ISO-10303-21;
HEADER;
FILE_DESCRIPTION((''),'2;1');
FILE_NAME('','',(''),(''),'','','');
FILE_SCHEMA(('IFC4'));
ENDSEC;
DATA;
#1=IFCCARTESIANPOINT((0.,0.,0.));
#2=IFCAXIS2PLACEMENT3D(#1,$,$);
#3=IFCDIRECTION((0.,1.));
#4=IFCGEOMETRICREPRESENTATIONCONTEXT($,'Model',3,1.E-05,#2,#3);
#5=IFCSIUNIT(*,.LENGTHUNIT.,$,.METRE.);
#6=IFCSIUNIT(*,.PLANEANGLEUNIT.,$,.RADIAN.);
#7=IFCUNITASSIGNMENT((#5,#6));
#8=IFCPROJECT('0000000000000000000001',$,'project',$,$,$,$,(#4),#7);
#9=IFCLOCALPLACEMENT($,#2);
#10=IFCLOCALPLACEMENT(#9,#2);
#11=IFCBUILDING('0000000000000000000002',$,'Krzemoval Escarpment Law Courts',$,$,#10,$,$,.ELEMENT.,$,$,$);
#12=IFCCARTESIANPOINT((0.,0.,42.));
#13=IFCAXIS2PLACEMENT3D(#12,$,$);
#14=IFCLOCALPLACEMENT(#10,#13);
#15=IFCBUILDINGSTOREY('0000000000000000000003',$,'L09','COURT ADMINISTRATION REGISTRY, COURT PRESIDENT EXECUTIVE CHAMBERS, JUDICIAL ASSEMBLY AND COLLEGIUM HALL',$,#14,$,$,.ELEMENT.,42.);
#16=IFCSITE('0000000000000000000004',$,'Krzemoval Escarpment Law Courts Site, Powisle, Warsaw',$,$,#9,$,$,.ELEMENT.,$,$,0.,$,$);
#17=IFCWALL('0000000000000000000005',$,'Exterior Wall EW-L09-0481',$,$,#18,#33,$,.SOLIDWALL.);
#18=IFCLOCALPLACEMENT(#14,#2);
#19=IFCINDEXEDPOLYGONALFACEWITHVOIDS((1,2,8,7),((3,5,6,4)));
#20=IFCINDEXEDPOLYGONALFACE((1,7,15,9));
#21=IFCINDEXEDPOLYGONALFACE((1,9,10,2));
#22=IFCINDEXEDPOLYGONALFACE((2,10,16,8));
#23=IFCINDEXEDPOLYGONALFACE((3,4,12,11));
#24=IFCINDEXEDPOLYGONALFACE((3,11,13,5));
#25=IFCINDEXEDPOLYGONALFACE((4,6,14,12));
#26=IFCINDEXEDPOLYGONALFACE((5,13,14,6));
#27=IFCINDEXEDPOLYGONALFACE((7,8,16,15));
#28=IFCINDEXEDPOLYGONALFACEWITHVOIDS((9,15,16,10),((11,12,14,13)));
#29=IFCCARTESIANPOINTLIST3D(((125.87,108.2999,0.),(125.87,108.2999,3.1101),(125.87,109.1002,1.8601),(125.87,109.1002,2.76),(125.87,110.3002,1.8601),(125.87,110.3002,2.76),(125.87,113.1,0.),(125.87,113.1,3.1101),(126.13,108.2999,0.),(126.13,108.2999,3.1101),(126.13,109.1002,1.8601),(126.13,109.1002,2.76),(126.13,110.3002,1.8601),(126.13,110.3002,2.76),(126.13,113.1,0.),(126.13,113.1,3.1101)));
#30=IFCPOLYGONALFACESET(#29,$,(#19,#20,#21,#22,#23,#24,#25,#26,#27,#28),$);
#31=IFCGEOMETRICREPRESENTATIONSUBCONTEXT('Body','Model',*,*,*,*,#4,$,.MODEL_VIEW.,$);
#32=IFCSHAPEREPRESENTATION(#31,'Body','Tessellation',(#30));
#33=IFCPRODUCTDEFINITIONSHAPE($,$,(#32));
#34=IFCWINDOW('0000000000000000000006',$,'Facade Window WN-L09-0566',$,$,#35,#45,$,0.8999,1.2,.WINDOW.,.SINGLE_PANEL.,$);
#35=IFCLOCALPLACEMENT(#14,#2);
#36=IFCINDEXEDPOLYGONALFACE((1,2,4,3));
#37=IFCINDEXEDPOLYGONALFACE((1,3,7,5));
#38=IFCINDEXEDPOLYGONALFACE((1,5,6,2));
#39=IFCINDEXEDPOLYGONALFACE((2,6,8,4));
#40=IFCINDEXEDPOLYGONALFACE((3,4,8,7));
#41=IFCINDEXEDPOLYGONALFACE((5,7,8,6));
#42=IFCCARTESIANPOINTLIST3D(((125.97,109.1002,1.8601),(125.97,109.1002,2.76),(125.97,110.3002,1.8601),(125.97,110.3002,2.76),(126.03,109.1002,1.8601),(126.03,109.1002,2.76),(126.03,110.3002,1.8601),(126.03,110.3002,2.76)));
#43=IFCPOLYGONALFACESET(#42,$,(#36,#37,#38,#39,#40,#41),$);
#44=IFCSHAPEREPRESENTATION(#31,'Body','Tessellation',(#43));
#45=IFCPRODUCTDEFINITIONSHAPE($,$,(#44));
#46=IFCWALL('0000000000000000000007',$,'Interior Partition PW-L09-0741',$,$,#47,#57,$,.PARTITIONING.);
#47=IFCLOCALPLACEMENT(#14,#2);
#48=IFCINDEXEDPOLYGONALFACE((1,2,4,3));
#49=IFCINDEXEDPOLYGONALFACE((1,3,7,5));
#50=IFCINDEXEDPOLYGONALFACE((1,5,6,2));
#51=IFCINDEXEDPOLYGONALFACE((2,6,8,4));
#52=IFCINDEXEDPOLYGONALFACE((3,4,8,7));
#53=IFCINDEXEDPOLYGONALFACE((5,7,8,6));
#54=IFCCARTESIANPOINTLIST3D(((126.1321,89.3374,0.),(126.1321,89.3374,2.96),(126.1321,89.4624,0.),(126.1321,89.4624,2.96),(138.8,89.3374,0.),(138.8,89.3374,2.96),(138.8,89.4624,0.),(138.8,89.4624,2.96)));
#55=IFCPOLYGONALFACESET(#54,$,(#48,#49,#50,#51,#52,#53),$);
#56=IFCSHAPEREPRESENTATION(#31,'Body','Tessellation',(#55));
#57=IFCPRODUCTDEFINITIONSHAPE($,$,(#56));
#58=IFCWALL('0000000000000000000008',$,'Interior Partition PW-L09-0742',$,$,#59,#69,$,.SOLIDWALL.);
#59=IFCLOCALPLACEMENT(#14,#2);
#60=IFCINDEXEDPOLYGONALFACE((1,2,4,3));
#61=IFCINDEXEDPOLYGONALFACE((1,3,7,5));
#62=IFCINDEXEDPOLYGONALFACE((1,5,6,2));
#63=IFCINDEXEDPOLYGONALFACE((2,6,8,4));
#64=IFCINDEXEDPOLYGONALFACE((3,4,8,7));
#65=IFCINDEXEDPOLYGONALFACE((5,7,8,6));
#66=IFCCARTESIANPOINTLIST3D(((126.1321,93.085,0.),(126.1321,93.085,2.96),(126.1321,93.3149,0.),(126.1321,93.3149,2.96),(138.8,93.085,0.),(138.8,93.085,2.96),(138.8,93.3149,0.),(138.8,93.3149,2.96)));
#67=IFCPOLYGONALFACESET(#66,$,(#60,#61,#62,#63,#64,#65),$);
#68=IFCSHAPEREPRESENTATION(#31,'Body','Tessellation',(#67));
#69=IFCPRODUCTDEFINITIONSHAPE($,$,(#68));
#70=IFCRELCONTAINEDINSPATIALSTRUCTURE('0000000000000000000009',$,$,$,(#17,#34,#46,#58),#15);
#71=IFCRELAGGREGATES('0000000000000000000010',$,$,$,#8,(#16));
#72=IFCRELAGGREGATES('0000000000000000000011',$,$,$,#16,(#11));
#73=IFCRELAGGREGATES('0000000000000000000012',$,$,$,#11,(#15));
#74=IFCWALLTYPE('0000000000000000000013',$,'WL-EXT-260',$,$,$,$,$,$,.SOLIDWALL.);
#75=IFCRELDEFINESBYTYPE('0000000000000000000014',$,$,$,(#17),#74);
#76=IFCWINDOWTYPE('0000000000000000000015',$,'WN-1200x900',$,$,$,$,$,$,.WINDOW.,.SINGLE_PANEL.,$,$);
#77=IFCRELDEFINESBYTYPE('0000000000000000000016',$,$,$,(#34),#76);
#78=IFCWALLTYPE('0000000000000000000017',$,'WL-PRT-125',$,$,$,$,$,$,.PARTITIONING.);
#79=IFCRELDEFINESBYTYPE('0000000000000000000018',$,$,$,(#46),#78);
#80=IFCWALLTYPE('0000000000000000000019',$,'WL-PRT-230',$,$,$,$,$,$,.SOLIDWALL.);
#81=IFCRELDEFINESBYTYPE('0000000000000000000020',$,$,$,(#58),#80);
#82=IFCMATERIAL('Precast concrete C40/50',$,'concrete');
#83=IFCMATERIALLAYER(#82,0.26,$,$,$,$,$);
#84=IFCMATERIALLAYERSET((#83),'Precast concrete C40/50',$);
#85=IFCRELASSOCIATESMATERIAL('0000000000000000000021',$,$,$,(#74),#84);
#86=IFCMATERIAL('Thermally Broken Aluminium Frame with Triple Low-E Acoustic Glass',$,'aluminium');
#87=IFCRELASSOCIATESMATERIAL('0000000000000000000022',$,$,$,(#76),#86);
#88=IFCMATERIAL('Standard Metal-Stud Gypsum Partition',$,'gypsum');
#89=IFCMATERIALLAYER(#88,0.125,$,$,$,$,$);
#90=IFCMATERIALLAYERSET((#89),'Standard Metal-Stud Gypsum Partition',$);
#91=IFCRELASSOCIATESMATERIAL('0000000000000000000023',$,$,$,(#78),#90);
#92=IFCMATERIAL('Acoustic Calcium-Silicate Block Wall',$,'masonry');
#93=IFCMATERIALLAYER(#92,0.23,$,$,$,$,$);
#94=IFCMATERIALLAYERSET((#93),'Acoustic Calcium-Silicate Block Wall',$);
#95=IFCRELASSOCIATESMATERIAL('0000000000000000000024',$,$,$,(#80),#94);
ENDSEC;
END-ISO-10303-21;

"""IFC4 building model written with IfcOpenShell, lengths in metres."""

from ifc_helpers import new_model, si_unit, direction, frame, frame_2d, origin, place, context, subcontext, project, spatial, rectangle, extrude, material, layer, layer_set, type_object, element, fill, save


model = new_model("IFC4")

# Units and contexts
model_context = context("Model", 3, precision=1e-05, world=origin(), true_north=direction((0.0, 1.0)))
body_context = subcontext(model_context, "Body", "Model", "MODEL_VIEW")
ifc_project = project(units=[si_unit("LENGTHUNIT", "METRE"), si_unit("PLANEANGLEUNIT", "RADIAN")], contexts=[model_context])

# Site, building, storey
site_placement = place(None, origin())
site = spatial("IfcSite", under=ifc_project, at=site_placement, Name="Krzemoval Escarpment Law Courts Site, Powisle, Warsaw", CompositionType="ELEMENT", RefElevation=0.0)
building_placement = place(site_placement, origin())
building = spatial("IfcBuilding", under=site, at=building_placement, Name="Krzemoval Escarpment Law Courts", CompositionType="ELEMENT")
storey_placement = place(building_placement, frame((0.0, 0.0, 42.0)))
storey = spatial("IfcBuildingStorey", under=building, at=storey_placement, Name="L09", Description="COURT ADMINISTRATION REGISTRY, COURT PRESIDENT EXECUTIVE CHAMBERS, JUDICIAL ASSEMBLY AND COLLEGIUM HALL", CompositionType="ELEMENT", Elevation=42.0)

# Wall, opening, window
ifc_material_1 = material(Name="Precast concrete C40/50", Category="concrete")
ifc_layer_1 = layer(ifc_material_1, 0.26)
ifc_layer_set_1 = layer_set([ifc_layer_1], Name="Precast concrete C40/50")
wall_type_1 = type_object("IfcWallType", Name="WL-EXT-260", PredefinedType="SOLIDWALL", material=ifc_layer_set_1)
wall_1_placement = place(storey_placement, frame((126.0, 108.3, 0.0), z_axis=(0.0, 0.0, 1.0), x_axis=(0.0, 1.0, 0.0)))
wall_1 = element("IfcWall", 1, at=wall_1_placement, inside=storey, type_object=wall_type_1, Name="Exterior Wall EW-L09-0481", PredefinedType="SOLIDWALL", context=body_context, shape_type="SweptSolid", body=[
    extrude(rectangle(XDim=4.8, YDim=0.26, at=frame_2d((2.3999, 0.0))), origin(), (0.0, 0.0, 1.0), 3.1101),
])
opening_placement = place(wall_1_placement, frame((0.8, 0.0, 1.8601)))
opening = element("IfcOpeningElement", 2, at=opening_placement, cuts=wall_1, PredefinedType="OPENING", context=body_context, shape_type="SweptSolid", body=[
    extrude(rectangle(XDim=1.2, YDim=0.8999, at=frame_2d((0.6001, 0.45))), frame((0.0, 0.145, 0.0), z_axis=(0.0, -1.0, 0.0), x_axis=(1.0, 0.0, 0.0)), (0.0, 0.0, 1.0), 0.29),
])
ifc_material_2 = material(Name="Thermally Broken Aluminium Frame with Triple Low-E Acoustic Glass", Category="aluminium")
window_type = type_object("IfcWindowType", Name="WN-1200x900", PartitioningType="SINGLE_PANEL", PredefinedType="WINDOW", material=ifc_material_2)
window_placement = place(opening_placement, origin())
window = element("IfcWindow", 3, at=window_placement, inside=storey, type_object=window_type, Name="Facade Window WN-L09-0566", OverallHeight=0.8999, OverallWidth=1.2, PartitioningType="SINGLE_PANEL", PredefinedType="WINDOW", context=body_context, shape_type="SweptSolid", body=[
    extrude(rectangle(XDim=1.2, YDim=0.8999, at=frame_2d((0.6001, 0.45))), frame((0.0, 0.03, 0.0), z_axis=(0.0, -1.0, 0.0), x_axis=(1.0, 0.0, 0.0)), (0.0, 0.0, 1.0), 0.0601),
])
fill(opening, window)

# Walls
ifc_material_3 = material(Name="Standard Metal-Stud Gypsum Partition", Category="gypsum")
ifc_layer_2 = layer(ifc_material_3, 0.125)
ifc_layer_set_2 = layer_set([ifc_layer_2], Name="Standard Metal-Stud Gypsum Partition")
wall_type_2 = type_object("IfcWallType", Name="WL-PRT-125", PredefinedType="PARTITIONING", material=ifc_layer_set_2)
wall_2_placement = place(storey_placement, frame((126.1321, 89.3999, 0.0), z_axis=(0.0, 0.0, 1.0), x_axis=(1.0, 0.0, 0.0)))
element("IfcWall", 4, at=wall_2_placement, inside=storey, type_object=wall_type_2, Name="Interior Partition PW-L09-0741", PredefinedType="PARTITIONING", context=body_context, shape_type="SweptSolid", body=[
    extrude(rectangle(XDim=12.668, YDim=0.125, at=frame_2d((6.334, 0.0))), origin(), (0.0, 0.0, 1.0), 2.96),
])
ifc_material_4 = material(Name="Acoustic Calcium-Silicate Block Wall", Category="masonry")
ifc_layer_3 = layer(ifc_material_4, 0.23)
ifc_layer_set_3 = layer_set([ifc_layer_3], Name="Acoustic Calcium-Silicate Block Wall")
wall_type_3 = type_object("IfcWallType", Name="WL-PRT-230", PredefinedType="SOLIDWALL", material=ifc_layer_set_3)
wall_3_placement = place(storey_placement, frame((126.1321, 93.2, 0.0), z_axis=(0.0, 0.0, 1.0), x_axis=(1.0, 0.0, 0.0)))
element("IfcWall", 5, at=wall_3_placement, inside=storey, type_object=wall_type_3, Name="Interior Partition PW-L09-0742", PredefinedType="SOLIDWALL", context=body_context, shape_type="SweptSolid", body=[
    extrude(rectangle(XDim=12.668, YDim=0.23, at=frame_2d((6.334, 0.0))), origin(), (0.0, 0.0, 1.0), 2.96),
])

save(model, "model.ifc")
